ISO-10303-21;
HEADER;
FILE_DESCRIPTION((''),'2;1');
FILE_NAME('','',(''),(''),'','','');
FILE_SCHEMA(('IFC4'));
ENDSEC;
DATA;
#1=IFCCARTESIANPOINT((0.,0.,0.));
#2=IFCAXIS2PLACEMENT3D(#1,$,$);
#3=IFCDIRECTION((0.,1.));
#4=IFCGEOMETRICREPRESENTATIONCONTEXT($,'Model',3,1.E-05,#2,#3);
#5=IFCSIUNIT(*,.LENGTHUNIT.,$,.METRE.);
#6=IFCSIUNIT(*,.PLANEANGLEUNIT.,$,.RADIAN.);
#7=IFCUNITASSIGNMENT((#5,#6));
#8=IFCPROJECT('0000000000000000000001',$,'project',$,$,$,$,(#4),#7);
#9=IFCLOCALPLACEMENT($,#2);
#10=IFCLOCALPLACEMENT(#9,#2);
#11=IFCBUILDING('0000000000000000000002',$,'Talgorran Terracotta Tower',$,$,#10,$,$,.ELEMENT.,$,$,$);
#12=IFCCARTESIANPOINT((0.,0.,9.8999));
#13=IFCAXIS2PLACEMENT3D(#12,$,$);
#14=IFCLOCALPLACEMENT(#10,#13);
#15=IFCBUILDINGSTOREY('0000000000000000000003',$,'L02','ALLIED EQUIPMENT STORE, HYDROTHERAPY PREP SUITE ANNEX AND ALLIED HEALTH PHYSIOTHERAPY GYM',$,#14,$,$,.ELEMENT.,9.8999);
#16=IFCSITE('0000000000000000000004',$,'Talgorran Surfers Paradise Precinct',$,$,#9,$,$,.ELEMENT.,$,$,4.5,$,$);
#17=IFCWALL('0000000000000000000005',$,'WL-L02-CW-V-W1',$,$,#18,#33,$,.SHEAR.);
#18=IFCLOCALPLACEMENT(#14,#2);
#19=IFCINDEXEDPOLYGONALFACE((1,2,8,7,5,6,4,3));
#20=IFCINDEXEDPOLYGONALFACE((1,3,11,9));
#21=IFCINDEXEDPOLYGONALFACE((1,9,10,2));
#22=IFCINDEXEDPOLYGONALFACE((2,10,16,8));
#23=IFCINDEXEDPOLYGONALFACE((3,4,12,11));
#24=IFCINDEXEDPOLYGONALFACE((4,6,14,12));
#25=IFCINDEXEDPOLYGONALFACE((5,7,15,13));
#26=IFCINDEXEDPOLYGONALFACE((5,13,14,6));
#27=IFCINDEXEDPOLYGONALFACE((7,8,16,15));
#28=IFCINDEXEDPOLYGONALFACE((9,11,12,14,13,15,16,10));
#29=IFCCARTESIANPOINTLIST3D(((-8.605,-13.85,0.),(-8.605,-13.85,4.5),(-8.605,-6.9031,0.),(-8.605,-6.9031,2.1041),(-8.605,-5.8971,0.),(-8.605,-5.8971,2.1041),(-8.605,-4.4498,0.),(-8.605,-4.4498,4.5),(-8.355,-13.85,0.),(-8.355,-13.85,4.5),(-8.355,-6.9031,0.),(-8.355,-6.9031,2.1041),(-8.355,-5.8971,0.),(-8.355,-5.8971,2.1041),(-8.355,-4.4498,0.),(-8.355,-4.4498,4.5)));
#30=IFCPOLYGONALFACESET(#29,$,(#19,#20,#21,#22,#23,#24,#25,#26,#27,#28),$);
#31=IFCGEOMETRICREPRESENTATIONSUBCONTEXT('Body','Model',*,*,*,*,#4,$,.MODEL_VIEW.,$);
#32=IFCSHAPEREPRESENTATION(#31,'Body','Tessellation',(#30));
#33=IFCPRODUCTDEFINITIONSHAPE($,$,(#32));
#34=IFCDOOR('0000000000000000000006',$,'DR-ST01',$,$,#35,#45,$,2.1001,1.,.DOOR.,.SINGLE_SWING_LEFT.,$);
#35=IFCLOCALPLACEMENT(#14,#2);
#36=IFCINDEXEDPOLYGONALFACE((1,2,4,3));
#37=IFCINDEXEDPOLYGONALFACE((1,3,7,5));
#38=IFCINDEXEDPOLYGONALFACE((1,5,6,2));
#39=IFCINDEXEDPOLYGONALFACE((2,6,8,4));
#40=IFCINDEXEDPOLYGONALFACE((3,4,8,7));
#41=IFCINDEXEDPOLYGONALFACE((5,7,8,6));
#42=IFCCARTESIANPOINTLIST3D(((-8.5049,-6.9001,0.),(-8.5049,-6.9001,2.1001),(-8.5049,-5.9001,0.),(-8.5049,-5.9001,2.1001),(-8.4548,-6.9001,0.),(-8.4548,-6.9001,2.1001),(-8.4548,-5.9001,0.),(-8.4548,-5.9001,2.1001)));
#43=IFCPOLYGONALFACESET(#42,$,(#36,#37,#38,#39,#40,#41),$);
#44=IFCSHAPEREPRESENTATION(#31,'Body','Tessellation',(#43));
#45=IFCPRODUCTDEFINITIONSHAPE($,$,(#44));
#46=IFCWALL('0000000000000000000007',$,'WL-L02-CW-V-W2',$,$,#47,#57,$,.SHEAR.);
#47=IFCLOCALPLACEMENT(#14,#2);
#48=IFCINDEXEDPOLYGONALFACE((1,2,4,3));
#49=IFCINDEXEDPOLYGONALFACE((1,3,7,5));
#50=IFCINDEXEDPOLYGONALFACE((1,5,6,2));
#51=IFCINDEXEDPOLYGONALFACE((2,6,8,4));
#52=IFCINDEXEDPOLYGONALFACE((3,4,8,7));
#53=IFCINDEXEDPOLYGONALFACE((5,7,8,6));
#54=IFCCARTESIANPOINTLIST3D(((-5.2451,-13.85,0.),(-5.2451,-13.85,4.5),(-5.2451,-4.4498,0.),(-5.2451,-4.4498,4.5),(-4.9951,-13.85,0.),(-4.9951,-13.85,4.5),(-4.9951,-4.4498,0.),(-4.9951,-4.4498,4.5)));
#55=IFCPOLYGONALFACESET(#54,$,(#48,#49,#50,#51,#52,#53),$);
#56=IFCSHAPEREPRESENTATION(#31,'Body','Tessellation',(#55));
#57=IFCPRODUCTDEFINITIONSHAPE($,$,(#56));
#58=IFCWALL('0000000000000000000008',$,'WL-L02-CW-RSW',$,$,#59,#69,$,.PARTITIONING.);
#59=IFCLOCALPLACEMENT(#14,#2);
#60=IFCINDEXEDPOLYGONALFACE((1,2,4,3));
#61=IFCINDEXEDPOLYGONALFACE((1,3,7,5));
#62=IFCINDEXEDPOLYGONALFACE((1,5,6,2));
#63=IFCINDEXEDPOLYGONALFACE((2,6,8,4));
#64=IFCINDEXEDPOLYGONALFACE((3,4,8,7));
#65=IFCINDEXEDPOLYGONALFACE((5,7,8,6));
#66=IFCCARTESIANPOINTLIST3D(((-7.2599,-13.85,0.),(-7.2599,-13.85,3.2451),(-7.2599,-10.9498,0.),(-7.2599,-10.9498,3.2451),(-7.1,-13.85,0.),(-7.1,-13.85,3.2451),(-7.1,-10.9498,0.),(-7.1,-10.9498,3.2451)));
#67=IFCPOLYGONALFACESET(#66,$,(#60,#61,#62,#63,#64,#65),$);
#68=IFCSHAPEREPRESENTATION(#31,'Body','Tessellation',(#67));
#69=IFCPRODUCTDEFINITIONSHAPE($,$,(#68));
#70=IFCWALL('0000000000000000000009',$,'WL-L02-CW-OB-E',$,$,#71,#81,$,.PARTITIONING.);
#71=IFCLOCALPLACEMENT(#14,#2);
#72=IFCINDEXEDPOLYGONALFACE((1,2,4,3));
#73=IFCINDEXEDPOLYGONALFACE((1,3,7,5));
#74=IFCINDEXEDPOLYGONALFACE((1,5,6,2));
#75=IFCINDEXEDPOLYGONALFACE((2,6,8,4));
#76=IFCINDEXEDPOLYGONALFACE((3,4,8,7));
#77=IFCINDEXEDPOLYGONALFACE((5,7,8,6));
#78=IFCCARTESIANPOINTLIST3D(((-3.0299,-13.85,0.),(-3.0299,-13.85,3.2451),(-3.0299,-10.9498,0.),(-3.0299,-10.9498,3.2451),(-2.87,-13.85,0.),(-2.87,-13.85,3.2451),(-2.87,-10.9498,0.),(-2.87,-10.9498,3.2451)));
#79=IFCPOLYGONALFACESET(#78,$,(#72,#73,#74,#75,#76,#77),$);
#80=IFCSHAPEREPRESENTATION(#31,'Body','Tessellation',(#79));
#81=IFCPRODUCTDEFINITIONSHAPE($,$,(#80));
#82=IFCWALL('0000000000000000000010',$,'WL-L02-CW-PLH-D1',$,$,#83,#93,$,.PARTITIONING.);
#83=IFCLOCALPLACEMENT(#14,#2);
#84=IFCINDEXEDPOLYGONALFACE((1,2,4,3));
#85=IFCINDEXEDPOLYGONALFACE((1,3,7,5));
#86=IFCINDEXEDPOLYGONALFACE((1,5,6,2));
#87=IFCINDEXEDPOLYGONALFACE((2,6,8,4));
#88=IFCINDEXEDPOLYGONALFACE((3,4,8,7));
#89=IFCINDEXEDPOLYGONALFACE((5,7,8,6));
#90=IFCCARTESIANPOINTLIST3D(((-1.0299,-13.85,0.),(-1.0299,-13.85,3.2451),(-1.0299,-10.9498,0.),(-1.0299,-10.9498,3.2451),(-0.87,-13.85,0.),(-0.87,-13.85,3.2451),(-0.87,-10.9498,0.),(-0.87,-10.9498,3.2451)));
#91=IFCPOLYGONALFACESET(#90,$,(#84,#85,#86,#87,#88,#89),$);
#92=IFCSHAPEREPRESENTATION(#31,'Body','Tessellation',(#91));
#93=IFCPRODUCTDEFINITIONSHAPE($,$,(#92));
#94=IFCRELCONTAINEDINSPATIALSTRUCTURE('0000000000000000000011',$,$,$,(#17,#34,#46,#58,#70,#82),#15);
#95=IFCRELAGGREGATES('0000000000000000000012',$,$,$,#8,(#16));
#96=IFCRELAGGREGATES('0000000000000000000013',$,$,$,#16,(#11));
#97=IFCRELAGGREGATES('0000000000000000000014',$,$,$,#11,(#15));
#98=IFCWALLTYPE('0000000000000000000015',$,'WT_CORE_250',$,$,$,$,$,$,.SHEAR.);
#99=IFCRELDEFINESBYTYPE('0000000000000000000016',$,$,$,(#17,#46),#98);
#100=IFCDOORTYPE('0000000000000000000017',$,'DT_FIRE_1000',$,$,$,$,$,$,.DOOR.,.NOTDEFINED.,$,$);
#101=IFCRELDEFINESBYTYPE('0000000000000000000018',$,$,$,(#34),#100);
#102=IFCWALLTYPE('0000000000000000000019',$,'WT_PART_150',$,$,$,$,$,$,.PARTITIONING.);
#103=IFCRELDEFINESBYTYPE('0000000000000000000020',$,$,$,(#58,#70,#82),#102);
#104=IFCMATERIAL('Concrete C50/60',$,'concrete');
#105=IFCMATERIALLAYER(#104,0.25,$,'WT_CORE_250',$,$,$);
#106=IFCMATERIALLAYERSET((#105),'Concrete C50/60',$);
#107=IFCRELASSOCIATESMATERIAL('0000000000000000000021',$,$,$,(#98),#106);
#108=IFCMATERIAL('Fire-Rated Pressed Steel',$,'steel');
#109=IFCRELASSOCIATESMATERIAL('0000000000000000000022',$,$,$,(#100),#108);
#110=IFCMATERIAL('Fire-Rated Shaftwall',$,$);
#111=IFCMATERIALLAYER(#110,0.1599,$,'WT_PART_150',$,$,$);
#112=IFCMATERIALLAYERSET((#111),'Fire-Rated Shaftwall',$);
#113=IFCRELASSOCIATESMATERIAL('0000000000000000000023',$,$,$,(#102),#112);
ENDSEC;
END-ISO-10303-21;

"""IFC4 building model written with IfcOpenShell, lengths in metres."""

from ifc_helpers import new_model, si_unit, direction, frame, frame_2d, origin, place, context, subcontext, project, spatial, rectangle, extrude, material, layer, layer_set, type_object, element, fill, save


model = new_model("IFC4")

# Units and contexts
model_context = context("Model", 3, precision=1e-05, world=origin(), true_north=direction((0.0, 1.0)))
body_context = subcontext(model_context, "Body", "Model", "MODEL_VIEW")
ifc_project = project(units=[si_unit("LENGTHUNIT", "METRE"), si_unit("PLANEANGLEUNIT", "RADIAN")], contexts=[model_context])

# Site, building, storey
site_placement = place(None, origin())
site = spatial("IfcSite", under=ifc_project, at=site_placement, Name="Talgorran Surfers Paradise Precinct", CompositionType="ELEMENT", RefElevation=4.5)
building_placement = place(site_placement, origin())
building = spatial("IfcBuilding", under=site, at=building_placement, Name="Talgorran Terracotta Tower", CompositionType="ELEMENT")
storey_placement = place(building_placement, frame((0.0, 0.0, 9.8999)))
storey = spatial("IfcBuildingStorey", under=building, at=storey_placement, Name="L02", Description="ALLIED EQUIPMENT STORE, HYDROTHERAPY PREP SUITE ANNEX AND ALLIED HEALTH PHYSIOTHERAPY GYM", CompositionType="ELEMENT", Elevation=9.8999)

# Shared definitions
ifc_material_1 = material(Name="Concrete C50/60", Category="concrete")
ifc_material_2 = material(Name="Fire-Rated Pressed Steel", Category="steel")

# Wall, opening, door
ifc_layer_1 = layer(ifc_material_1, 0.25, Name="WT_CORE_250")
ifc_layer_set_1 = layer_set([ifc_layer_1], Name="Concrete C50/60")
wall_type_1 = type_object("IfcWallType", Name="WT_CORE_250", PredefinedType="SHEAR", material=ifc_layer_set_1)
wall_1_placement = place(storey_placement, frame((-8.48, -13.8501, 0.0), z_axis=(0.0, 0.0, 1.0), x_axis=(0.0, 1.0, 0.0)))
wall_1 = element("IfcWall", 1, at=wall_1_placement, inside=storey, type_object=wall_type_1, Name="WL-L02-CW-V-W1", PredefinedType="SHEAR", context=body_context, shape_type="SweptSolid", body=[
    extrude(rectangle(XDim=9.4001, YDim=0.25, at=frame_2d((4.7002, 0.0))), origin(), (0.0, 0.0, 1.0), 4.5),
])
opening_1_placement = place(wall_1_placement, frame((6.95, 0.0, 0.0)))
opening_1 = element("IfcOpeningElement", 2, at=opening_1_placement, cuts=wall_1, PredefinedType="OPENING", context=body_context, shape_type="SweptSolid", body=[
    extrude(rectangle(XDim=1.006, YDim=2.1041, at=frame_2d((0.5, 1.052))), frame((0.0, 0.135, 0.0), z_axis=(0.0, -1.0, 0.0), x_axis=(1.0, 0.0, 0.0)), (0.0, 0.0, 1.0), 0.27),
])
door_type_1 = type_object("IfcDoorType", Name="DT_FIRE_1000", OperationType="NOTDEFINED", PredefinedType="DOOR", material=ifc_material_2)
door_1_placement = place(opening_1_placement, origin())
door_1 = element("IfcDoor", 3, at=door_1_placement, inside=storey, type_object=door_type_1, Name="DR-ST01", OperationType="SINGLE_SWING_LEFT", OverallHeight=2.1001, OverallWidth=1.0, PredefinedType="DOOR", context=body_context, shape_type="SweptSolid", body=[
    extrude(rectangle(XDim=1.0, YDim=2.1001, at=frame_2d((0.5, 1.05))), frame((0.0, 0.0249, 0.0), z_axis=(0.0, -1.0, 0.0), x_axis=(1.0, 0.0, 0.0)), (0.0, 0.0, 1.0), 0.05),
])
fill(opening_1, door_1)

# Walls
wall_2_placement = place(storey_placement, frame((-5.1201, -13.8501, 0.0), z_axis=(0.0, 0.0, 1.0), x_axis=(0.0, 1.0, 0.0)))
element("IfcWall", 4, at=wall_2_placement, inside=storey, type_object=wall_type_1, Name="WL-L02-CW-V-W2", PredefinedType="SHEAR", context=body_context, shape_type="SweptSolid", body=[
    extrude(rectangle(XDim=9.4001, YDim=0.25, at=frame_2d((4.7002, 0.0))), origin(), (0.0, 0.0, 1.0), 4.5),
])
ifc_material_3 = material(Name="Fire-Rated Shaftwall")
ifc_layer_2 = layer(ifc_material_3, 0.1599, Name="WT_PART_150")
ifc_layer_set_2 = layer_set([ifc_layer_2], Name="Fire-Rated Shaftwall")
wall_type_2 = type_object("IfcWallType", Name="WT_PART_150", PredefinedType="PARTITIONING", material=ifc_layer_set_2)
for number, where, z_axis, x_axis, name in (
    (5, (-7.1799, -13.8501, 0.0), (0.0, 0.0, 1.0), (0.0, 1.0, 0.0), "WL-L02-CW-RSW"),
    (6, (-2.95, -13.8501, 0.0), (0.0, 0.0, 1.0), (0.0, 1.0, 0.0), "WL-L02-CW-OB-E"),
    (7, (-0.95, -13.8501, 0.0), (0.0, 0.0, 1.0), (0.0, 1.0, 0.0), "WL-L02-CW-PLH-D1"),
):
    element("IfcWall", number, at=place(storey_placement, frame(where, z_axis=z_axis, x_axis=x_axis)), inside=storey, type_object=wall_type_2, Name=name, PredefinedType="PARTITIONING", context=body_context, shape_type="SweptSolid", body=[
        extrude(rectangle(XDim=2.9001, YDim=0.1599, at=frame_2d((1.4502, 0.0))), origin(), (0.0, 0.0, 1.0), 3.2451),
    ])

save(model, "model.ifc")
